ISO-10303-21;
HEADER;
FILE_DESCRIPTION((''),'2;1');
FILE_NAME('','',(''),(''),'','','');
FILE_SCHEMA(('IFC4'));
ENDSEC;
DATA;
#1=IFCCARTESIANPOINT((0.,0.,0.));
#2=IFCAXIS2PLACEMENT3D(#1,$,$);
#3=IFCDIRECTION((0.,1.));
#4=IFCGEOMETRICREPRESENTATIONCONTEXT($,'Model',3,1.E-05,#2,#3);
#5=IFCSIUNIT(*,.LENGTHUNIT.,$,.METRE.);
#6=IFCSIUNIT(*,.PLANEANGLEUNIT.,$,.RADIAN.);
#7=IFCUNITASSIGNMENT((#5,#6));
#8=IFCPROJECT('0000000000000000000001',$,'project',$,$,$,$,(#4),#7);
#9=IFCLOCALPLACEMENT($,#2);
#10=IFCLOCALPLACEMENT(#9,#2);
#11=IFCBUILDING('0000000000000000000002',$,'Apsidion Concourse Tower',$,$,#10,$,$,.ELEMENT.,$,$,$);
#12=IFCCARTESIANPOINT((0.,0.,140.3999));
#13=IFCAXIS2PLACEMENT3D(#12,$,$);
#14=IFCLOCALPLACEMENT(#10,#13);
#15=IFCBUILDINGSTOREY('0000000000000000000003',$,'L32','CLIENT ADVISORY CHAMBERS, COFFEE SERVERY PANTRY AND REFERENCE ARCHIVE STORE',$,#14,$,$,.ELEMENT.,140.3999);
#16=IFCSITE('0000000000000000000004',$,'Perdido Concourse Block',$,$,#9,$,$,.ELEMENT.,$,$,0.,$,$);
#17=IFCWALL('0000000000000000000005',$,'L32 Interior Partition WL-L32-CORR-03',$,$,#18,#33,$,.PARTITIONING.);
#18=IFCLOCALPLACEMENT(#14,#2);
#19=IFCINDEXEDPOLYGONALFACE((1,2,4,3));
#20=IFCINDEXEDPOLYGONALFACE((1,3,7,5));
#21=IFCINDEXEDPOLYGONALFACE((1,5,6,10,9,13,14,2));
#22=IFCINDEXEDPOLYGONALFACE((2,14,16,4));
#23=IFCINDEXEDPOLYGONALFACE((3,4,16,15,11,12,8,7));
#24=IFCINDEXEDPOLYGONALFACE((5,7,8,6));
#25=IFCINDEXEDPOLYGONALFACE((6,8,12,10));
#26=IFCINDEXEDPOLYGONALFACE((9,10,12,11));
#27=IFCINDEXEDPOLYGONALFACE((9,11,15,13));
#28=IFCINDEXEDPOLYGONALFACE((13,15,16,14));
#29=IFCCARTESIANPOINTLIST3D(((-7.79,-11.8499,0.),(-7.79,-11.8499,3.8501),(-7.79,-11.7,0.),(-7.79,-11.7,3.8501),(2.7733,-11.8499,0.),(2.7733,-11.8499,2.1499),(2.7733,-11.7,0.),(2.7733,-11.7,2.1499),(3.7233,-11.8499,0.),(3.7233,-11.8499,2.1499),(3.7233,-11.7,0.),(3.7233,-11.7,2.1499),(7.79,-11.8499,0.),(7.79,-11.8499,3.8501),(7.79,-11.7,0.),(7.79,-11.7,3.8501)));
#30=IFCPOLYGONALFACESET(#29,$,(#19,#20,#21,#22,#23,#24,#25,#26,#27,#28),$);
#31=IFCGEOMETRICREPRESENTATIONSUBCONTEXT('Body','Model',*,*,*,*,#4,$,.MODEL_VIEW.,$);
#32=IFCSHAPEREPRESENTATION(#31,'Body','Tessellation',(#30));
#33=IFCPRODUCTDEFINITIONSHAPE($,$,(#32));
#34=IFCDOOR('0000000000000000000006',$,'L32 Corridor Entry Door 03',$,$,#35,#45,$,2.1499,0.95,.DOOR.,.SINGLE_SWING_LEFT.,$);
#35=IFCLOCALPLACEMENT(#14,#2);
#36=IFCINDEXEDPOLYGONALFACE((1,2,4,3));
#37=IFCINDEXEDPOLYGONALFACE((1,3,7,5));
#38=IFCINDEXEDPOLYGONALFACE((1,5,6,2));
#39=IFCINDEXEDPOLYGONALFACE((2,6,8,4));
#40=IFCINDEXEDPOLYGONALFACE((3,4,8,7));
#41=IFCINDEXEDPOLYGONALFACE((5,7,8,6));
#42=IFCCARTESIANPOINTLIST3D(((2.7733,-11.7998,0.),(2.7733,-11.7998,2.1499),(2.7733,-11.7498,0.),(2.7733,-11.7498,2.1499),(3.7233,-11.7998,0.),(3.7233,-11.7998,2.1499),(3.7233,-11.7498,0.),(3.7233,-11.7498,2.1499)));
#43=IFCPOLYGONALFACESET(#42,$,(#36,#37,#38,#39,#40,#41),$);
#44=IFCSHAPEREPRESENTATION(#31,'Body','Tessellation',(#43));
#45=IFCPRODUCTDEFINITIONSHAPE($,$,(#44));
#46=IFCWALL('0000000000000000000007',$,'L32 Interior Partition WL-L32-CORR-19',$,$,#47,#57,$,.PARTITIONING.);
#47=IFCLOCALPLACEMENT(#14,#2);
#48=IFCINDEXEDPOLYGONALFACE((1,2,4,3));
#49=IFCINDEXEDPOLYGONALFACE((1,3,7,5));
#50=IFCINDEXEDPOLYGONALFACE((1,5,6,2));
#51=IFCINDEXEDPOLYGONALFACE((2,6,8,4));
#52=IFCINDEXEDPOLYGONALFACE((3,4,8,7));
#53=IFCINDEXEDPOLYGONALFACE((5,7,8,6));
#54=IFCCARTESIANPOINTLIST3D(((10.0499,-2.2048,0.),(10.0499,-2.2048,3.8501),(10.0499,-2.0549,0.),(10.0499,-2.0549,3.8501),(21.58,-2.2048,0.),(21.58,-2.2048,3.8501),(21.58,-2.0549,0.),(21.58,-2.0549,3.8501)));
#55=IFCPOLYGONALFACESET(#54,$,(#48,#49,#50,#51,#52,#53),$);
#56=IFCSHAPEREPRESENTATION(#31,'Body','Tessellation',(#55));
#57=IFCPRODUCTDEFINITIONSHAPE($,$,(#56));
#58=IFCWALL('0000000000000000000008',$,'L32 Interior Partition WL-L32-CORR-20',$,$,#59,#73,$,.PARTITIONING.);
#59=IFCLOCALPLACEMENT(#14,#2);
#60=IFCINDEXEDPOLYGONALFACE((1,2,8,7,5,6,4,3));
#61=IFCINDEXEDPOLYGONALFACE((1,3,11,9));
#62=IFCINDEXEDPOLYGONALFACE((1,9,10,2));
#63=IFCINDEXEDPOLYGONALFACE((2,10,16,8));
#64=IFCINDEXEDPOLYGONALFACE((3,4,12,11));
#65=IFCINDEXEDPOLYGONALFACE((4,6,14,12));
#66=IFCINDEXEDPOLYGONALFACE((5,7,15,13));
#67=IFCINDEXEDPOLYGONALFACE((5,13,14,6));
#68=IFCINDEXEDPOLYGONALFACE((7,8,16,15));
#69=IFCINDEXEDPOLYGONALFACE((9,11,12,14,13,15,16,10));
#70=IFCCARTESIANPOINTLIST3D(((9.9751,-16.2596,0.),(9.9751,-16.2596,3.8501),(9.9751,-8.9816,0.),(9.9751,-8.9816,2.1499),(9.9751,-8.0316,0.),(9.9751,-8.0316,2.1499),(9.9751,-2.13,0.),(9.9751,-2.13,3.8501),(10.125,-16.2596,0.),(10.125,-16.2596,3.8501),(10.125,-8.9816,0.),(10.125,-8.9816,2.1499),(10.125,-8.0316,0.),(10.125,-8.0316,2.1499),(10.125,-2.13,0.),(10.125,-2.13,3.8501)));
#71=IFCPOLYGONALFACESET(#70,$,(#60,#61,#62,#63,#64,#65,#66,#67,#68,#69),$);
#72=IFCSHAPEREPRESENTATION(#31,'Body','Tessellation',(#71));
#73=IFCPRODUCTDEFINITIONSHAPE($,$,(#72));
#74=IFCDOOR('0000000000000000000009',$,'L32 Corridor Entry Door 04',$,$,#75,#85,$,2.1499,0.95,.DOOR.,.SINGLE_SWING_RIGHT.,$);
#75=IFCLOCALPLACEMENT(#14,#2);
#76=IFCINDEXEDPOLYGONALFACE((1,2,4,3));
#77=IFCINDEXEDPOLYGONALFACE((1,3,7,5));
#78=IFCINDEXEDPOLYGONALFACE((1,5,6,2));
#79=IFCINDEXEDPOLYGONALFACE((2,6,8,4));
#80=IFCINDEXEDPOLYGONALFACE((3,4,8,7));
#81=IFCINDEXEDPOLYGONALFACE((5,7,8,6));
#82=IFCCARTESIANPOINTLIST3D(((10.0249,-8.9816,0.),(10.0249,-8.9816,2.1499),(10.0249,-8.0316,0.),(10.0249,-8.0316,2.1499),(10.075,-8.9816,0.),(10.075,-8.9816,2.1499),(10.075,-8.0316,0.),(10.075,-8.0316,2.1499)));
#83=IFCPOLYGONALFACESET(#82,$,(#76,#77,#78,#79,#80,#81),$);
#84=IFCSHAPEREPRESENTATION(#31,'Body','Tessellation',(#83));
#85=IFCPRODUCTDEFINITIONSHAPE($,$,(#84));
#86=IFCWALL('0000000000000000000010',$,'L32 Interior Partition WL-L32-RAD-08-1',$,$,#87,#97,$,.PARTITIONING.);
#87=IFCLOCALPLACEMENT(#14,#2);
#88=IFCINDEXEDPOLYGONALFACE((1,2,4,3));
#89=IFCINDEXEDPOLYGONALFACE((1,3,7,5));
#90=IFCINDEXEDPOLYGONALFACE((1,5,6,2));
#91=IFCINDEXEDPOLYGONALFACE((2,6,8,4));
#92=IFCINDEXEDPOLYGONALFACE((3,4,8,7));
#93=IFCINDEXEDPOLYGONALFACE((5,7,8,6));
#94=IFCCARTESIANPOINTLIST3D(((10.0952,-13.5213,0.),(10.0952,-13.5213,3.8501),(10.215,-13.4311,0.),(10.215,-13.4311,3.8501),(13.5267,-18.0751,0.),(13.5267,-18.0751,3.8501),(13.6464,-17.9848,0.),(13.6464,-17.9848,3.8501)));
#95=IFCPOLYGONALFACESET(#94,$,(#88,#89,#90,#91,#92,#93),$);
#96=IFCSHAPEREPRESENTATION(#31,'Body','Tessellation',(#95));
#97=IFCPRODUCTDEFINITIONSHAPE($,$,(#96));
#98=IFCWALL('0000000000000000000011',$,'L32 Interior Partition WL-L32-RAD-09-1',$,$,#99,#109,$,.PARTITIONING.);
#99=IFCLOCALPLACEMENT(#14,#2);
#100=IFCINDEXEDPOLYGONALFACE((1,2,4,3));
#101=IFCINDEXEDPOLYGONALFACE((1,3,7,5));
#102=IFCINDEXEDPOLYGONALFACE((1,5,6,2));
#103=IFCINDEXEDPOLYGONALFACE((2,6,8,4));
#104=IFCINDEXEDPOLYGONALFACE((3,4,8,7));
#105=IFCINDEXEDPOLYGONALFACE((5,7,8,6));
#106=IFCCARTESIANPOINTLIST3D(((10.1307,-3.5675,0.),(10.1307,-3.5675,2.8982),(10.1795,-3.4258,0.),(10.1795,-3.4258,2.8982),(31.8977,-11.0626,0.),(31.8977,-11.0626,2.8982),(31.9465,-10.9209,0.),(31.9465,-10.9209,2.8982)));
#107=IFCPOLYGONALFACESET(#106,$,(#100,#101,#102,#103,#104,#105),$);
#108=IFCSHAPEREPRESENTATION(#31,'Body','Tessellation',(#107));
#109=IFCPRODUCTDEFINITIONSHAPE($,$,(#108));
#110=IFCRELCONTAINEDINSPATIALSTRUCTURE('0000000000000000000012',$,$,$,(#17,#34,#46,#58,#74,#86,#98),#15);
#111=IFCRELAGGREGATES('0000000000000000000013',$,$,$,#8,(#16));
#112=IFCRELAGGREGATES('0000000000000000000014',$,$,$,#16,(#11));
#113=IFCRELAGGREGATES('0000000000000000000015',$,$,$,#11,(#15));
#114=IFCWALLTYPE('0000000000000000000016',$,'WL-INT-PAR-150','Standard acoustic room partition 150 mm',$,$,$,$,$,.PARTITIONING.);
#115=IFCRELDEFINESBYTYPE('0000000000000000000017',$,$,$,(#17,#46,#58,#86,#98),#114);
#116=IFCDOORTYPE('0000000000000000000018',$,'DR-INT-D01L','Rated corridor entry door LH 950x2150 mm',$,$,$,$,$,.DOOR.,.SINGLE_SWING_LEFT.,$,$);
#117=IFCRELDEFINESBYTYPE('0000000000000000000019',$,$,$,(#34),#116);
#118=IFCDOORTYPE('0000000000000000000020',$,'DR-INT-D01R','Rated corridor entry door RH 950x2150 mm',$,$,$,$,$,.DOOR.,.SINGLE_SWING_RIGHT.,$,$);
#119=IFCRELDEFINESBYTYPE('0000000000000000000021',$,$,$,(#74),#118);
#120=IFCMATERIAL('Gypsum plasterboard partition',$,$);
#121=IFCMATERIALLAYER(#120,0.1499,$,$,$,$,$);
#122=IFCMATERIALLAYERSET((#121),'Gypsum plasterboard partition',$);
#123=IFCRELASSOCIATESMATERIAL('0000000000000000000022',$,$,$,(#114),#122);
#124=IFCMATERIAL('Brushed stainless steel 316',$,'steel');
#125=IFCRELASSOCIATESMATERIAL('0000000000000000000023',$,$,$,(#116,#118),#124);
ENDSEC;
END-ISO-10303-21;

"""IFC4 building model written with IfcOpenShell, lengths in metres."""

from ifc_helpers import new_model, si_unit, direction, frame, frame_2d, origin, place, context, subcontext, project, spatial, rectangle, extrude, material, layer, layer_set, type_object, element, fill, save


model = new_model("IFC4")

# Units and contexts
model_context = context("Model", 3, precision=1e-05, world=origin(), true_north=direction((0.0, 1.0)))
body_context = subcontext(model_context, "Body", "Model", "MODEL_VIEW")
ifc_project = project(units=[si_unit("LENGTHUNIT", "METRE"), si_unit("PLANEANGLEUNIT", "RADIAN")], contexts=[model_context])

# Site, building, storey
site_placement = place(None, origin())
site = spatial("IfcSite", under=ifc_project, at=site_placement, Name="Perdido Concourse Block", CompositionType="ELEMENT", RefElevation=0.0)
building_placement = place(site_placement, origin())
building = spatial("IfcBuilding", under=site, at=building_placement, Name="Apsidion Concourse Tower", CompositionType="ELEMENT")
storey_placement = place(building_placement, frame((0.0, 0.0, 140.3999)))
storey = spatial("IfcBuildingStorey", under=building, at=storey_placement, Name="L32", Description="CLIENT ADVISORY CHAMBERS, COFFEE SERVERY PANTRY AND REFERENCE ARCHIVE STORE", CompositionType="ELEMENT", Elevation=140.3999)

# Shared definitions
ifc_material_1 = material(Name="Gypsum plasterboard partition")
ifc_layer_1 = layer(ifc_material_1, 0.1499)
ifc_layer_set_1 = layer_set([ifc_layer_1], Name="Gypsum plasterboard partition")
wall_type_1 = type_object("IfcWallType", Name="WL-INT-PAR-150", Description="Standard acoustic room partition 150 mm", PredefinedType="PARTITIONING", material=ifc_layer_set_1)

# Wall, opening, door
wall_1_placement = place(storey_placement, frame((7.79, -11.7749, 0.0), z_axis=(0.0, 0.0, 1.0), x_axis=(-1.0, 0.0, 0.0)))
wall_1 = element("IfcWall", 1, at=wall_1_placement, inside=storey, type_object=wall_type_1, Name="L32 Interior Partition WL-L32-CORR-03", PredefinedType="PARTITIONING", context=body_context, shape_type="SweptSolid", body=[
    extrude(rectangle(XDim=15.5801, YDim=0.1499, at=frame_2d((7.79, 0.0))), origin(), (0.0, 0.0, 1.0), 3.8501),
])
opening_1_placement = place(wall_1_placement, frame((4.0667, 0.0, 0.0)))
opening_1 = element("IfcOpeningElement", 2, at=opening_1_placement, cuts=wall_1, PredefinedType="OPENING", context=body_context, shape_type="SweptSolid", body=[
    extrude(rectangle(XDim=0.95, YDim=2.1499, at=frame_2d((0.4751, 1.075))), frame((0.0, 0.085, 0.0), z_axis=(0.0, -1.0, 0.0), x_axis=(1.0, 0.0, 0.0)), (0.0, 0.0, 1.0), 0.1699),
])
ifc_material_2 = material(Name="Brushed stainless steel 316", Category="steel")
door_type_1 = type_object("IfcDoorType", Name="DR-INT-D01L", Description="Rated corridor entry door LH 950x2150 mm", OperationType="SINGLE_SWING_LEFT", PredefinedType="DOOR", material=ifc_material_2)
door_1_placement = place(opening_1_placement, origin())
door_1 = element("IfcDoor", 3, at=door_1_placement, inside=storey, type_object=door_type_1, Name="L32 Corridor Entry Door 03", OperationType="SINGLE_SWING_LEFT", OverallHeight=2.1499, OverallWidth=0.95, PredefinedType="DOOR", context=body_context, shape_type="SweptSolid", body=[
    extrude(rectangle(XDim=0.95, YDim=2.1499, at=frame_2d((0.4751, 1.075))), frame((0.0, 0.0249, 0.0), z_axis=(0.0, -1.0, 0.0), x_axis=(1.0, 0.0, 0.0)), (0.0, 0.0, 1.0), 0.05),
])
fill(opening_1, door_1)

# Wall
wall_2_placement = place(storey_placement, frame((21.5801, -2.1299, 0.0), z_axis=(0.0, 0.0, 1.0), x_axis=(-1.0, 0.0, 0.0)))
element("IfcWall", 4, at=wall_2_placement, inside=storey, type_object=wall_type_1, Name="L32 Interior Partition WL-L32-CORR-19", PredefinedType="PARTITIONING", context=body_context, shape_type="SweptSolid", body=[
    extrude(rectangle(XDim=11.53, YDim=0.1499, at=frame_2d((5.7651, 0.0))), origin(), (0.0, 0.0, 1.0), 3.8501),
])

# Wall, opening, door
wall_3_placement = place(storey_placement, frame((10.05, -2.1299, 0.0), z_axis=(0.0, 0.0, 1.0), x_axis=(0.0, -1.0, 0.0)))
wall_3 = element("IfcWall", 5, at=wall_3_placement, inside=storey, type_object=wall_type_1, Name="L32 Interior Partition WL-L32-CORR-20", PredefinedType="PARTITIONING", context=body_context, shape_type="SweptSolid", body=[
    extrude(rectangle(XDim=14.1296, YDim=0.1499, at=frame_2d((7.0649, 0.0))), origin(), (0.0, 0.0, 1.0), 3.8501),
])
opening_2_placement = place(wall_3_placement, frame((5.9016, 0.0, 0.0)))
opening_2 = element("IfcOpeningElement", 6, at=opening_2_placement, cuts=wall_3, PredefinedType="OPENING", context=body_context, shape_type="SweptSolid", body=[
    extrude(rectangle(XDim=0.95, YDim=2.1499, at=frame_2d((0.4751, 1.075))), frame((0.0, 0.085, 0.0), z_axis=(0.0, -1.0, 0.0), x_axis=(1.0, 0.0, 0.0)), (0.0, 0.0, 1.0), 0.1699),
])
door_type_2 = type_object("IfcDoorType", Name="DR-INT-D01R", Description="Rated corridor entry door RH 950x2150 mm", OperationType="SINGLE_SWING_RIGHT", PredefinedType="DOOR", material=ifc_material_2)
door_2_placement = place(opening_2_placement, origin())
door_2 = element("IfcDoor", 7, at=door_2_placement, inside=storey, type_object=door_type_2, Name="L32 Corridor Entry Door 04", OperationType="SINGLE_SWING_RIGHT", OverallHeight=2.1499, OverallWidth=0.95, PredefinedType="DOOR", context=body_context, shape_type="SweptSolid", body=[
    extrude(rectangle(XDim=0.95, YDim=2.1499, at=frame_2d((0.4751, 1.075))), frame((0.0, 0.0249, 0.0), z_axis=(0.0, -1.0, 0.0), x_axis=(1.0, 0.0, 0.0)), (0.0, 0.0, 1.0), 0.05),
])
fill(opening_2, door_2)

# Walls
wall_4_placement = place(storey_placement, frame((10.155, -13.4761, 0.0), z_axis=(0.0, 0.0, 1.0), x_axis=(0.601807, -0.798641, 0.0)))
element("IfcWall", 8, at=wall_4_placement, inside=storey, type_object=wall_type_1, Name="L32 Interior Partition WL-L32-RAD-08-1", PredefinedType="PARTITIONING", context=body_context, shape_type="SweptSolid", body=[
    extrude(rectangle(XDim=5.7019, YDim=0.1499, at=frame_2d((2.8511, 0.0))), origin(), (0.0, 0.0, 1.0), 3.8501),
])
wall_5_placement = place(storey_placement, frame((10.155, -3.4966, 0.0), z_axis=(0.0, 0.0, 1.0), x_axis=(0.945516, -0.325576, 0.0)))
element("IfcWall", 9, at=wall_5_placement, inside=storey, type_object=wall_type_1, Name="L32 Interior Partition WL-L32-RAD-09-1", PredefinedType="PARTITIONING", context=body_context, shape_type="SweptSolid", body=[
    extrude(rectangle(XDim=23.0212, YDim=0.1499, at=frame_2d((11.5107, 0.0))), origin(), (0.0, 0.0, 1.0), 2.8982),
])

save(model, "model.ifc")
